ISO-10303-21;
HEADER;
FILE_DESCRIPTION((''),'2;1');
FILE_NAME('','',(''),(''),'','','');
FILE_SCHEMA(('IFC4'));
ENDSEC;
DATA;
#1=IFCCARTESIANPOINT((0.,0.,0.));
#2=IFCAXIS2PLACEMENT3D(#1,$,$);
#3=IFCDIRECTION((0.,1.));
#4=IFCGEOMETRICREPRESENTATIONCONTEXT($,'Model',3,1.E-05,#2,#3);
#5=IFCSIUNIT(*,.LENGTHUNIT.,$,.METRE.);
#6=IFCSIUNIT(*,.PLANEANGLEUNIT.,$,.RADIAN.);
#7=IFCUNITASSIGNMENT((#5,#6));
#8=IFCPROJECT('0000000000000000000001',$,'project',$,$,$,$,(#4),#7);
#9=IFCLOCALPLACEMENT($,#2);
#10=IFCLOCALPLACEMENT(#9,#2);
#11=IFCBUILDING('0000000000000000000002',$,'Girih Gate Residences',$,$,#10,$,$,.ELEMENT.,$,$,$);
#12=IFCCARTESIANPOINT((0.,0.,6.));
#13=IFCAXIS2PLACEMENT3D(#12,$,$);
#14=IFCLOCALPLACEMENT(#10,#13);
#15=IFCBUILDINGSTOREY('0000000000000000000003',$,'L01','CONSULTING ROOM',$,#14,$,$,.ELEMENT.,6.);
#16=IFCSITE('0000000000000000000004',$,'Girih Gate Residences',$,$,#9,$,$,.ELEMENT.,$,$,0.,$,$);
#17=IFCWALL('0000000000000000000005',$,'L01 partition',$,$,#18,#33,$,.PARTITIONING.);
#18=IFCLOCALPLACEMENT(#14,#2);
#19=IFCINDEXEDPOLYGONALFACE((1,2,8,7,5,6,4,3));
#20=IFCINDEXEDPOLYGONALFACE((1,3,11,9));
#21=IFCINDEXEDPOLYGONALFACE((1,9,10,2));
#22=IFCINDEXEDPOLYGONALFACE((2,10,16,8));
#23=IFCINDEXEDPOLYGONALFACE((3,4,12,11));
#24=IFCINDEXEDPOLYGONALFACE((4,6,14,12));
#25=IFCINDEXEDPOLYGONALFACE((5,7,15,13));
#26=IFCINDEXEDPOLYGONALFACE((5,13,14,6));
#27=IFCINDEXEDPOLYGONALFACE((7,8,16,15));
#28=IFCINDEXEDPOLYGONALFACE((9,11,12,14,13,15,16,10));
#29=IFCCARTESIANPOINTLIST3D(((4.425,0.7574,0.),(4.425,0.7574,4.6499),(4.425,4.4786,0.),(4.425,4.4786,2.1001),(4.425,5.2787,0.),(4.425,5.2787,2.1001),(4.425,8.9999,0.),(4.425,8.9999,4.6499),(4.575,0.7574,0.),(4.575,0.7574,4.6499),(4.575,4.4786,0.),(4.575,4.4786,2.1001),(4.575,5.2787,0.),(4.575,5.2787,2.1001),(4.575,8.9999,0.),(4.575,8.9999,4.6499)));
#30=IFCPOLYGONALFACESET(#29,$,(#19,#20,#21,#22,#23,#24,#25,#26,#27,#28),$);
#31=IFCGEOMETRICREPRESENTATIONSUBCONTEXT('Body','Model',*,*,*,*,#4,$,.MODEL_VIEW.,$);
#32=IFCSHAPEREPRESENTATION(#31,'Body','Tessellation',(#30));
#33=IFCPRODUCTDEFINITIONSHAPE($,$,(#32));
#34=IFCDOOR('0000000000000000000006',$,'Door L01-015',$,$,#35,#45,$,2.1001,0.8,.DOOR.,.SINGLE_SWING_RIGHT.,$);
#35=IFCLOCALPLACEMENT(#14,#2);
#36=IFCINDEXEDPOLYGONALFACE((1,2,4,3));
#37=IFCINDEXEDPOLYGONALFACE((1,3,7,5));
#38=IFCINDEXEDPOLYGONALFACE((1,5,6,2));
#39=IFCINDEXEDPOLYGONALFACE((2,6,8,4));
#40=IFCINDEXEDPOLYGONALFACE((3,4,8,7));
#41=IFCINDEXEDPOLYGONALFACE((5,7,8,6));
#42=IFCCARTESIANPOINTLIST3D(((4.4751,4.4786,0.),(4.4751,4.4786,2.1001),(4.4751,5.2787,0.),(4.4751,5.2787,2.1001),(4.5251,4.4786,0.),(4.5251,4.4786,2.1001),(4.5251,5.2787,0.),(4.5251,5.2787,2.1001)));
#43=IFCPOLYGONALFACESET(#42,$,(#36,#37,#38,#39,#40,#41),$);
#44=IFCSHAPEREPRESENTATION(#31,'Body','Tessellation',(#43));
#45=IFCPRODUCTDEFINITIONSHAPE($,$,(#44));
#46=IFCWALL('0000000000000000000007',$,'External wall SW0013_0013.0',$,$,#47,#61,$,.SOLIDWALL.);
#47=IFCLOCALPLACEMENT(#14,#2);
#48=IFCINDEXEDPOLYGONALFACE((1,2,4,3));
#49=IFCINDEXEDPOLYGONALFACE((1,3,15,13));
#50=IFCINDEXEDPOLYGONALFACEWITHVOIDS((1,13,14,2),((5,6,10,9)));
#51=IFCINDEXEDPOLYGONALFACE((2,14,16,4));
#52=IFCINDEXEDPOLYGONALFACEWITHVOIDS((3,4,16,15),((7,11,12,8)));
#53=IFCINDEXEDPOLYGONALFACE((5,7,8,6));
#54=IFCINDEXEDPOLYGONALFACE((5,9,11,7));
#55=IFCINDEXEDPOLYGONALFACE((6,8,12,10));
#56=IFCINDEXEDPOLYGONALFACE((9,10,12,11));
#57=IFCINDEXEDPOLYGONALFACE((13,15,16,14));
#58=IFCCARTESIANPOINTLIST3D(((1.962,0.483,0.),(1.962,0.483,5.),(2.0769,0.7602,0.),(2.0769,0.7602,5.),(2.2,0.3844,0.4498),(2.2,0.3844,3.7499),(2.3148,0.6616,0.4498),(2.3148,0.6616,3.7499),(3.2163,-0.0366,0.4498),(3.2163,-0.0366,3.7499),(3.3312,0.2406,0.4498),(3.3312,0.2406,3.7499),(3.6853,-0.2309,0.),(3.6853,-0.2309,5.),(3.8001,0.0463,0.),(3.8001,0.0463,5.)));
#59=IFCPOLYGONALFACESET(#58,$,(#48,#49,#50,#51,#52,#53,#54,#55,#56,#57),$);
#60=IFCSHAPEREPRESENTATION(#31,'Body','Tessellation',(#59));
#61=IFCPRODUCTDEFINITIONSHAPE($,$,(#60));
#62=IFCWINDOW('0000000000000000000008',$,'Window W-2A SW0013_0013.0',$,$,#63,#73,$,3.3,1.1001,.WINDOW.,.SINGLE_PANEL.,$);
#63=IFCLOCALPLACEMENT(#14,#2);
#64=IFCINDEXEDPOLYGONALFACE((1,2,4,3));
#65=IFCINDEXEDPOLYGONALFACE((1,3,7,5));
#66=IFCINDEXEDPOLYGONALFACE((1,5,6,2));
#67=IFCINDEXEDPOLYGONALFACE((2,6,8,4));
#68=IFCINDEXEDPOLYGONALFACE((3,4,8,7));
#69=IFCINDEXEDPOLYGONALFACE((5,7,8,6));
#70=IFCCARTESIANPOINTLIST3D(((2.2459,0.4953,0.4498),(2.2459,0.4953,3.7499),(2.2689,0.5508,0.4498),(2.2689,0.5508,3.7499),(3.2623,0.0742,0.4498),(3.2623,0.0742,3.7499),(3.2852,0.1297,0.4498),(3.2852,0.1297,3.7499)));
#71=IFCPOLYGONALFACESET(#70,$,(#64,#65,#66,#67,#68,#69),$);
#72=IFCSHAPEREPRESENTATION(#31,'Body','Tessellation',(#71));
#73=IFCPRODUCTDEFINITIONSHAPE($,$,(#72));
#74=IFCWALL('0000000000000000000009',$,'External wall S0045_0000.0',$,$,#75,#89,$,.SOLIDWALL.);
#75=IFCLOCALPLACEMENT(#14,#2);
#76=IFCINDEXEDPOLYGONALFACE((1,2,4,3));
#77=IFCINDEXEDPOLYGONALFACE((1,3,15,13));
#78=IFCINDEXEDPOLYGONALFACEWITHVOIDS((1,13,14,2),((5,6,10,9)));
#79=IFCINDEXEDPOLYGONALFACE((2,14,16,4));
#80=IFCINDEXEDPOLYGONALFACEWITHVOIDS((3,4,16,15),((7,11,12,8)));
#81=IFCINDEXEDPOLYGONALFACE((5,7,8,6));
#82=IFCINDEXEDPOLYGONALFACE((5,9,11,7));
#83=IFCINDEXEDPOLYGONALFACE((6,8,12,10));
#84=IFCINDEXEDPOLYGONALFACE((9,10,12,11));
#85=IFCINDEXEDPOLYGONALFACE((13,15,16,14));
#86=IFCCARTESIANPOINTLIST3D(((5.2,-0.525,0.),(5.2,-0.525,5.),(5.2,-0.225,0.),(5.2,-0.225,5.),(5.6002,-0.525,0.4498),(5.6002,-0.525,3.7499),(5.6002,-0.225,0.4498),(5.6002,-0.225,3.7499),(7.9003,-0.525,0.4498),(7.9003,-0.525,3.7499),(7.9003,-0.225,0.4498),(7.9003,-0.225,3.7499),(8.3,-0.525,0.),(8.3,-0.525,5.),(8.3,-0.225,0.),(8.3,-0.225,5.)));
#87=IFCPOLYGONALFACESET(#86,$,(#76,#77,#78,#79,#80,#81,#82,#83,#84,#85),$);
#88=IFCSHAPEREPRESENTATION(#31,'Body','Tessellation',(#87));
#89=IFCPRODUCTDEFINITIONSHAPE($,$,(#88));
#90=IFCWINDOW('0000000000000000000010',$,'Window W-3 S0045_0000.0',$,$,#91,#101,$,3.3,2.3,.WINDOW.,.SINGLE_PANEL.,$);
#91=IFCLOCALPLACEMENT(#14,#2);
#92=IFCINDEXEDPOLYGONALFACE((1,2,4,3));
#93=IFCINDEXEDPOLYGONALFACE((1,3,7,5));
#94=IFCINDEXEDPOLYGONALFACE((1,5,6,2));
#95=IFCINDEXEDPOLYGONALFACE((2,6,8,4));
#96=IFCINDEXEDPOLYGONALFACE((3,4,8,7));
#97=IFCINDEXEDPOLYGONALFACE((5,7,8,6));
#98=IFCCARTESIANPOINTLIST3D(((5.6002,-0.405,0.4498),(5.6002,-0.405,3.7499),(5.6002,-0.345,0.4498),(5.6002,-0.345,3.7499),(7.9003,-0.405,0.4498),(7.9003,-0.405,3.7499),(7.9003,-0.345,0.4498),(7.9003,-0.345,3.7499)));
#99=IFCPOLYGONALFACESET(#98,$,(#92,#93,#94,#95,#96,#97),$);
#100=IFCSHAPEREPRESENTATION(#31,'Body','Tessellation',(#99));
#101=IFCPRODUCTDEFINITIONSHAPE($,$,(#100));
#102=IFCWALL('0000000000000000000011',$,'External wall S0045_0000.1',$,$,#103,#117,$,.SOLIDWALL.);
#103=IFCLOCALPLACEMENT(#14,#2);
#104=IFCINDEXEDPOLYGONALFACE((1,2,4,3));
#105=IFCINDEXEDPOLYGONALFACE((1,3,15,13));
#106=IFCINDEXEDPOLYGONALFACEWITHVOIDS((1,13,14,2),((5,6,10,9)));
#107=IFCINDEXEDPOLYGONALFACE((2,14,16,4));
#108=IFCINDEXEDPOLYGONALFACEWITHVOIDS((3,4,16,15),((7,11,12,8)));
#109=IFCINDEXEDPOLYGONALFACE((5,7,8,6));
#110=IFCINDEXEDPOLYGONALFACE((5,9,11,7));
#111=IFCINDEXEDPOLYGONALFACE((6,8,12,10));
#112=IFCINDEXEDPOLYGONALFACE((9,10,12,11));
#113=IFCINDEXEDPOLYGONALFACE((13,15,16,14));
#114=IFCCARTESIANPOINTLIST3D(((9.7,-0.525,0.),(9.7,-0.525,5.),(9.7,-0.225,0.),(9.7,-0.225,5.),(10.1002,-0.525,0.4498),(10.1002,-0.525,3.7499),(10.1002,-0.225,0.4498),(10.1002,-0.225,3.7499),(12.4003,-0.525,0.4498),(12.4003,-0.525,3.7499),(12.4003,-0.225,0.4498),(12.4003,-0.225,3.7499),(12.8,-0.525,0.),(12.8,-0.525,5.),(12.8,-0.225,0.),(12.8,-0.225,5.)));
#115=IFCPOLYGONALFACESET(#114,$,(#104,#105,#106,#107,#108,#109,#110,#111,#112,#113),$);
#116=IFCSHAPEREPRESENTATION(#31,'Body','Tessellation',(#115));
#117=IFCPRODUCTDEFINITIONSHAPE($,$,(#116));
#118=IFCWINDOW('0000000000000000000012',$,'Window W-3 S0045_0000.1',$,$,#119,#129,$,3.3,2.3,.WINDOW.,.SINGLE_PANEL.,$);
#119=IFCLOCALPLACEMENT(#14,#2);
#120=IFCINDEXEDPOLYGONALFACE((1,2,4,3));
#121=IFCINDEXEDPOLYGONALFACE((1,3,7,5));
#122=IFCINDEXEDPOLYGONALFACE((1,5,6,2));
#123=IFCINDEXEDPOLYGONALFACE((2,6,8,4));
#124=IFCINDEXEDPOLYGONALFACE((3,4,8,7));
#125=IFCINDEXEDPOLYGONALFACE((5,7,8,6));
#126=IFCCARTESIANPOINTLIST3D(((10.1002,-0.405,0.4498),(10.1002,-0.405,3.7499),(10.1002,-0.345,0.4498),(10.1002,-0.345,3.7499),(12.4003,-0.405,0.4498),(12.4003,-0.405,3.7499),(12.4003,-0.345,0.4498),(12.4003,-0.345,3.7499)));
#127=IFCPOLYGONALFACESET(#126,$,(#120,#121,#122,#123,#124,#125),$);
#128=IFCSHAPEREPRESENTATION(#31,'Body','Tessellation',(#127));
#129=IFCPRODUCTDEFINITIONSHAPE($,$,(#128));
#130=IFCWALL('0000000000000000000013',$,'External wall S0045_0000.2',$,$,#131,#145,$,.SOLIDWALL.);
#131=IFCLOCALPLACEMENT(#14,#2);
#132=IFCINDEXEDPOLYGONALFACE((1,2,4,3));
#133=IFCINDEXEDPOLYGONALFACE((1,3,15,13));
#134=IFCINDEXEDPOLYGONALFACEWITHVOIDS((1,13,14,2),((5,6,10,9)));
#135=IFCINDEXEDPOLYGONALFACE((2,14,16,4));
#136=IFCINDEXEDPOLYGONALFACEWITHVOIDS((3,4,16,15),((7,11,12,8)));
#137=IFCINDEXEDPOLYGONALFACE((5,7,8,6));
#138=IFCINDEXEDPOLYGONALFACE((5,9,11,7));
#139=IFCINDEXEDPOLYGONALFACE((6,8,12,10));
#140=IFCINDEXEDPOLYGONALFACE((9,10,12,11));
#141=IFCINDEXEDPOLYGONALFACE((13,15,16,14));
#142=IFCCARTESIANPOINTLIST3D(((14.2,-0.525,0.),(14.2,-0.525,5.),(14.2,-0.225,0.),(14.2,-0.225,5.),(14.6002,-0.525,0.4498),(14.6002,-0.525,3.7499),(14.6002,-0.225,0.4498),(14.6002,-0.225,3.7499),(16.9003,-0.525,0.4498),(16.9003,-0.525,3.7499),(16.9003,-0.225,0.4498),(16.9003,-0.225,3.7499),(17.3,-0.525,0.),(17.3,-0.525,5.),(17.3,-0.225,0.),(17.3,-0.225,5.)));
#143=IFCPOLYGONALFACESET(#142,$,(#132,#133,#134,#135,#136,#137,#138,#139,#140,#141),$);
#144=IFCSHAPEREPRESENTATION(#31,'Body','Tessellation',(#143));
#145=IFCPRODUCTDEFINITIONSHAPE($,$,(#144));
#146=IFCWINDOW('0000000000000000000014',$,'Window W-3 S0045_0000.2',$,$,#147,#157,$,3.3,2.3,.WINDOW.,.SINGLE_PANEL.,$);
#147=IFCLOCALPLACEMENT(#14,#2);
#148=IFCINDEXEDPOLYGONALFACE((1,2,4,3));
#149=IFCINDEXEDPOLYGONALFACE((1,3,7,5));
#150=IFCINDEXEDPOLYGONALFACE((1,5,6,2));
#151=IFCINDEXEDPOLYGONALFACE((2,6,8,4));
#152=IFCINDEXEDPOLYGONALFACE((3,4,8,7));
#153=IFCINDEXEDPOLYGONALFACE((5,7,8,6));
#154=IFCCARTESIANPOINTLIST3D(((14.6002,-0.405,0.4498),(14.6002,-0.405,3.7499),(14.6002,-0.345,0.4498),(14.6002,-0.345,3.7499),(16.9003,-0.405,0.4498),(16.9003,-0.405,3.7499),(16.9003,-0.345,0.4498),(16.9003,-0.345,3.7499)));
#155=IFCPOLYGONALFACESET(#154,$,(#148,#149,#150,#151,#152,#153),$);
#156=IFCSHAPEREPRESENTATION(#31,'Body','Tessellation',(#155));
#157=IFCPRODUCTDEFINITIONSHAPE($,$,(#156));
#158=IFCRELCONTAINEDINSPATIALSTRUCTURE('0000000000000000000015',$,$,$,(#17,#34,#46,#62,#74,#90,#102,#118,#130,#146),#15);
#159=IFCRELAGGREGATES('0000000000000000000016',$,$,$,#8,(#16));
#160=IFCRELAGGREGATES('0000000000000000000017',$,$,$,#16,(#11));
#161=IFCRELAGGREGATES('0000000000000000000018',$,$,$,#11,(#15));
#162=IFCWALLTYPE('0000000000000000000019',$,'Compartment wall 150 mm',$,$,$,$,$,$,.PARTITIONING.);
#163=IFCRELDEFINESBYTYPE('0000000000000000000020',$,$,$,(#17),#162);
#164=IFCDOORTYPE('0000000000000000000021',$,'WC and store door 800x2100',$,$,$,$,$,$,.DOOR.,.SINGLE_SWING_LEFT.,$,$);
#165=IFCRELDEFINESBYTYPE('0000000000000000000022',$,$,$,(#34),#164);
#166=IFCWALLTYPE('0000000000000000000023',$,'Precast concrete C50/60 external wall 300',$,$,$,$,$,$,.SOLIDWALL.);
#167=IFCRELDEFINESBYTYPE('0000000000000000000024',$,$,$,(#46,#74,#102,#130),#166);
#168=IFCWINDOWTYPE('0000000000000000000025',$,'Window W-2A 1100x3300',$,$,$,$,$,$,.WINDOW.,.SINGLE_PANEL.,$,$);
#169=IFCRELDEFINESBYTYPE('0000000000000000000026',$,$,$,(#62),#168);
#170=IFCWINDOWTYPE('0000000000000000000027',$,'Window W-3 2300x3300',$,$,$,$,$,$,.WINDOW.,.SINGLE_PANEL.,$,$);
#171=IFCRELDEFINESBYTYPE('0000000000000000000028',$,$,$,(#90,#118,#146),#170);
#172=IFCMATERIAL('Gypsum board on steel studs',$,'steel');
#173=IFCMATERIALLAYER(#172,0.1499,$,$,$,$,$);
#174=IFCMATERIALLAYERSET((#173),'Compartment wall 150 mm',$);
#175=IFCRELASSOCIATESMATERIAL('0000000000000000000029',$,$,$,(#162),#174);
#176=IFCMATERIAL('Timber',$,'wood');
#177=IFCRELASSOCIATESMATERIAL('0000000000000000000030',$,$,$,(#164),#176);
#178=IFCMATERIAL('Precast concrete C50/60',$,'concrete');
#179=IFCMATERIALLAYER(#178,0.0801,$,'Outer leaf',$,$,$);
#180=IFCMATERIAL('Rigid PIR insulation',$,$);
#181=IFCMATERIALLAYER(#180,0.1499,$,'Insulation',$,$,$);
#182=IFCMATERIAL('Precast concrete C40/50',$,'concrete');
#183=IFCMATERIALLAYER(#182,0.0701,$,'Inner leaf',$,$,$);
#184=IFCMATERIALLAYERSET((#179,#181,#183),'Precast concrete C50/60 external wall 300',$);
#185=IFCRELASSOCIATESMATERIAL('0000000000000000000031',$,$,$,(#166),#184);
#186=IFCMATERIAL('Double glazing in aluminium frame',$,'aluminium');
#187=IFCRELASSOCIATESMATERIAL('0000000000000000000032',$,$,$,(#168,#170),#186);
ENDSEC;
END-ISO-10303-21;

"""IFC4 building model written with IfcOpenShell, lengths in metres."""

from ifc_helpers import new_model, si_unit, direction, frame, frame_2d, origin, place, context, subcontext, project, spatial, rectangle, extrude, material, layer, layer_set, type_object, element, fill, save


model = new_model("IFC4")

# Units and contexts
model_context = context("Model", 3, precision=1e-05, world=origin(), true_north=direction((0.0, 1.0)))
body_context = subcontext(model_context, "Body", "Model", "MODEL_VIEW")
ifc_project = project(units=[si_unit("LENGTHUNIT", "METRE"), si_unit("PLANEANGLEUNIT", "RADIAN")], contexts=[model_context])

# Site, building, storey
site_placement = place(None, origin())
site = spatial("IfcSite", under=ifc_project, at=site_placement, Name="Girih Gate Residences", CompositionType="ELEMENT", RefElevation=0.0)
building_placement = place(site_placement, origin())
building = spatial("IfcBuilding", under=site, at=building_placement, Name="Girih Gate Residences", CompositionType="ELEMENT")
storey_placement = place(building_placement, frame((0.0, 0.0, 6.0)))
storey = spatial("IfcBuildingStorey", under=building, at=storey_placement, Name="L01", Description="CONSULTING ROOM", CompositionType="ELEMENT", Elevation=6.0)

# Wall, opening, door
ifc_material_1 = material(Name="Gypsum board on steel studs", Category="steel")
ifc_layer_1 = layer(ifc_material_1, 0.1499)
ifc_layer_set_1 = layer_set([ifc_layer_1], Name="Compartment wall 150 mm")
wall_type_1 = type_object("IfcWallType", Name="Compartment wall 150 mm", PredefinedType="PARTITIONING", material=ifc_layer_set_1)
wall_1_placement = place(storey_placement, frame((4.5, 0.7576, 0.0), z_axis=(0.0, 0.0, 1.0), x_axis=(0.0, 1.0, 0.0)))
wall_1 = element("IfcWall", 1, at=wall_1_placement, inside=storey, type_object=wall_type_1, Name="L01 partition", PredefinedType="PARTITIONING", context=body_context, shape_type="SweptSolid", body=[
    extrude(rectangle(XDim=8.2424, YDim=0.1499, at=frame_2d((4.1211, 0.0))), origin(), (0.0, 0.0, 1.0), 4.6499),
])
opening_1_placement = place(wall_1_placement, frame((3.7212, 0.0, 0.0)))
opening_1 = element("IfcOpeningElement", 2, at=opening_1_placement, cuts=wall_1, PredefinedType="OPENING", context=body_context, shape_type="SweptSolid", body=[
    extrude(rectangle(XDim=0.8, YDim=2.1001, at=frame_2d((0.3999, 1.05))), frame((0.0, 0.085, 0.0), z_axis=(0.0, -1.0, 0.0), x_axis=(1.0, 0.0, 0.0)), (0.0, 0.0, 1.0), 0.1699),
])
ifc_material_2 = material(Name="Timber", Category="wood")
door_type = type_object("IfcDoorType", Name="WC and store door 800x2100", OperationType="SINGLE_SWING_LEFT", PredefinedType="DOOR", material=ifc_material_2)
door_placement = place(opening_1_placement, origin())
door = element("IfcDoor", 3, at=door_placement, inside=storey, type_object=door_type, Name="Door L01-015", OperationType="SINGLE_SWING_RIGHT", OverallHeight=2.1001, OverallWidth=0.8, PredefinedType="DOOR", context=body_context, shape_type="SweptSolid", body=[
    extrude(rectangle(XDim=0.8, YDim=2.1001, at=frame_2d((0.3999, 1.05))), frame((0.0, 0.0249, 0.0), z_axis=(0.0, -1.0, 0.0), x_axis=(1.0, 0.0, 0.0)), (0.0, 0.0, 1.0), 0.05),
])
fill(opening_1, door)

# Walls, openings, windows
ifc_material_3 = material(Name="Precast concrete C50/60", Category="concrete")
ifc_layer_2 = layer(ifc_material_3, 0.0801, Name="Outer leaf")
ifc_material_4 = material(Name="Rigid PIR insulation")
ifc_layer_3 = layer(ifc_material_4, 0.1499, Name="Insulation")
ifc_material_5 = material(Name="Precast concrete C40/50", Category="concrete")
ifc_layer_4 = layer(ifc_material_5, 0.0701, Name="Inner leaf")
ifc_layer_set_2 = layer_set([ifc_layer_2, ifc_layer_3, ifc_layer_4], Name="Precast concrete C50/60 external wall 300")
wall_type_2 = type_object("IfcWallType", Name="Precast concrete C50/60 external wall 300", PredefinedType="SOLIDWALL", material=ifc_layer_set_2)
wall_2_placement = place(storey_placement, frame((3.7427, -0.0923, 0.0), z_axis=(0.0, 0.0, 1.0), x_axis=(-0.923857, 0.382737, 0.0)))
wall_2 = element("IfcWall", 4, at=wall_2_placement, inside=storey, type_object=wall_type_2, Name="External wall SW0013_0013.0", PredefinedType="SOLIDWALL", context=body_context, shape_type="SweptSolid", body=[
    extrude(rectangle(XDim=1.8652, YDim=0.3, at=frame_2d((0.9326, 0.0))), origin(), (0.0, 0.0, 1.0), 5.0),
])
opening_2_placement = place(wall_2_placement, frame((0.5076, 0.0, 0.45)))
opening_2 = element("IfcOpeningElement", 5, at=opening_2_placement, cuts=wall_2, PredefinedType="OPENING", context=body_context, shape_type="SweptSolid", body=[
    extrude(rectangle(XDim=1.1001, YDim=3.3, at=frame_2d((0.55, 1.6499))), frame((0.0, 0.1599, 0.0), z_axis=(0.0, -1.0, 0.0), x_axis=(1.0, 0.0, 0.0)), (0.0, 0.0, 1.0), 0.3201),
])
ifc_material_6 = material(Name="Double glazing in aluminium frame", Category="aluminium")
window_type_1 = type_object("IfcWindowType", Name="Window W-2A 1100x3300", PartitioningType="SINGLE_PANEL", PredefinedType="WINDOW", material=ifc_material_6)
window_1_placement = place(opening_2_placement, origin())
window_1 = element("IfcWindow", 6, at=window_1_placement, inside=storey, type_object=window_type_1, Name="Window W-2A SW0013_0013.0", OverallHeight=3.3, OverallWidth=1.1001, PartitioningType="SINGLE_PANEL", PredefinedType="WINDOW", context=body_context, shape_type="SweptSolid", body=[
    extrude(rectangle(XDim=1.1001, YDim=3.3, at=frame_2d((0.55, 1.6499))), frame((0.0, 0.03, 0.0), z_axis=(0.0, -1.0, 0.0), x_axis=(1.0, 0.0, 0.0)), (0.0, 0.0, 1.0), 0.0601),
])
fill(opening_2, window_1)
wall_3_placement = place(storey_placement, frame((8.3, -0.375, 0.0), z_axis=(0.0, 0.0, 1.0), x_axis=(-1.0, 0.0, 0.0)))
wall_3 = element("IfcWall", 7, at=wall_3_placement, inside=storey, type_object=wall_type_2, Name="External wall S0045_0000.0", PredefinedType="SOLIDWALL", context=body_context, shape_type="SweptSolid", body=[
    extrude(rectangle(XDim=3.1001, YDim=0.3, at=frame_2d((1.55, 0.0))), origin(), (0.0, 0.0, 1.0), 5.0),
])
opening_3_placement = place(wall_3_placement, frame((0.3999, 0.0, 0.45)))
opening_3 = element("IfcOpeningElement", 8, at=opening_3_placement, cuts=wall_3, PredefinedType="OPENING", context=body_context, shape_type="SweptSolid", body=[
    extrude(rectangle(XDim=2.3, YDim=3.3, at=frame_2d((1.1499, 1.6499))), frame((0.0, 0.1599, 0.0), z_axis=(0.0, -1.0, 0.0), x_axis=(1.0, 0.0, 0.0)), (0.0, 0.0, 1.0), 0.3201),
])
window_type_2 = type_object("IfcWindowType", Name="Window W-3 2300x3300", PartitioningType="SINGLE_PANEL", PredefinedType="WINDOW", material=ifc_material_6)
window_2_placement = place(opening_3_placement, origin())
window_2 = element("IfcWindow", 9, at=window_2_placement, inside=storey, type_object=window_type_2, Name="Window W-3 S0045_0000.0", OverallHeight=3.3, OverallWidth=2.3, PartitioningType="SINGLE_PANEL", PredefinedType="WINDOW", context=body_context, shape_type="SweptSolid", body=[
    extrude(rectangle(XDim=2.3, YDim=3.3, at=frame_2d((1.1499, 1.6499))), frame((0.0, 0.03, 0.0), z_axis=(0.0, -1.0, 0.0), x_axis=(1.0, 0.0, 0.0)), (0.0, 0.0, 1.0), 0.0601),
])
fill(opening_3, window_2)
wall_4_placement = place(storey_placement, frame((12.8, -0.375, 0.0), z_axis=(0.0, 0.0, 1.0), x_axis=(-1.0, 0.0, 0.0)))
wall_4 = element("IfcWall", 10, at=wall_4_placement, inside=storey, type_object=wall_type_2, Name="External wall S0045_0000.1", PredefinedType="SOLIDWALL", context=body_context, shape_type="SweptSolid", body=[
    extrude(rectangle(XDim=3.1001, YDim=0.3, at=frame_2d((1.55, 0.0))), origin(), (0.0, 0.0, 1.0), 5.0),
])
opening_4_placement = place(wall_4_placement, frame((0.3999, 0.0, 0.45)))
opening_4 = element("IfcOpeningElement", 11, at=opening_4_placement, cuts=wall_4, PredefinedType="OPENING", context=body_context, shape_type="SweptSolid", body=[
    extrude(rectangle(XDim=2.3, YDim=3.3, at=frame_2d((1.1499, 1.6499))), frame((0.0, 0.1599, 0.0), z_axis=(0.0, -1.0, 0.0), x_axis=(1.0, 0.0, 0.0)), (0.0, 0.0, 1.0), 0.3201),
])
window_3_placement = place(opening_4_placement, origin())
window_3 = element("IfcWindow", 12, at=window_3_placement, inside=storey, type_object=window_type_2, Name="Window W-3 S0045_0000.1", OverallHeight=3.3, OverallWidth=2.3, PartitioningType="SINGLE_PANEL", PredefinedType="WINDOW", context=body_context, shape_type="SweptSolid", body=[
    extrude(rectangle(XDim=2.3, YDim=3.3, at=frame_2d((1.1499, 1.6499))), frame((0.0, 0.03, 0.0), z_axis=(0.0, -1.0, 0.0), x_axis=(1.0, 0.0, 0.0)), (0.0, 0.0, 1.0), 0.0601),
])
fill(opening_4, window_3)
wall_5_placement = place(storey_placement, frame((17.3, -0.375, 0.0), z_axis=(0.0, 0.0, 1.0), x_axis=(-1.0, 0.0, 0.0)))
wall_5 = element("IfcWall", 13, at=wall_5_placement, inside=storey, type_object=wall_type_2, Name="External wall S0045_0000.2", PredefinedType="SOLIDWALL", context=body_context, shape_type="SweptSolid", body=[
    extrude(rectangle(XDim=3.1001, YDim=0.3, at=frame_2d((1.55, 0.0))), origin(), (0.0, 0.0, 1.0), 5.0),
])
opening_5_placement = place(wall_5_placement, frame((0.3999, 0.0, 0.45)))
opening_5 = element("IfcOpeningElement", 14, at=opening_5_placement, cuts=wall_5, PredefinedType="OPENING", context=body_context, shape_type="SweptSolid", body=[
    extrude(rectangle(XDim=2.3, YDim=3.3, at=frame_2d((1.1499, 1.6499))), frame((0.0, 0.1599, 0.0), z_axis=(0.0, -1.0, 0.0), x_axis=(1.0, 0.0, 0.0)), (0.0, 0.0, 1.0), 0.3201),
])
window_4_placement = place(opening_5_placement, origin())
window_4 = element("IfcWindow", 15, at=window_4_placement, inside=storey, type_object=window_type_2, Name="Window W-3 S0045_0000.2", OverallHeight=3.3, OverallWidth=2.3, PartitioningType="SINGLE_PANEL", PredefinedType="WINDOW", context=body_context, shape_type="SweptSolid", body=[
    extrude(rectangle(XDim=2.3, YDim=3.3, at=frame_2d((1.1499, 1.6499))), frame((0.0, 0.03, 0.0), z_axis=(0.0, -1.0, 0.0), x_axis=(1.0, 0.0, 0.0)), (0.0, 0.0, 1.0), 0.0601),
])
fill(opening_5, window_4)

save(model, "model.ifc")
